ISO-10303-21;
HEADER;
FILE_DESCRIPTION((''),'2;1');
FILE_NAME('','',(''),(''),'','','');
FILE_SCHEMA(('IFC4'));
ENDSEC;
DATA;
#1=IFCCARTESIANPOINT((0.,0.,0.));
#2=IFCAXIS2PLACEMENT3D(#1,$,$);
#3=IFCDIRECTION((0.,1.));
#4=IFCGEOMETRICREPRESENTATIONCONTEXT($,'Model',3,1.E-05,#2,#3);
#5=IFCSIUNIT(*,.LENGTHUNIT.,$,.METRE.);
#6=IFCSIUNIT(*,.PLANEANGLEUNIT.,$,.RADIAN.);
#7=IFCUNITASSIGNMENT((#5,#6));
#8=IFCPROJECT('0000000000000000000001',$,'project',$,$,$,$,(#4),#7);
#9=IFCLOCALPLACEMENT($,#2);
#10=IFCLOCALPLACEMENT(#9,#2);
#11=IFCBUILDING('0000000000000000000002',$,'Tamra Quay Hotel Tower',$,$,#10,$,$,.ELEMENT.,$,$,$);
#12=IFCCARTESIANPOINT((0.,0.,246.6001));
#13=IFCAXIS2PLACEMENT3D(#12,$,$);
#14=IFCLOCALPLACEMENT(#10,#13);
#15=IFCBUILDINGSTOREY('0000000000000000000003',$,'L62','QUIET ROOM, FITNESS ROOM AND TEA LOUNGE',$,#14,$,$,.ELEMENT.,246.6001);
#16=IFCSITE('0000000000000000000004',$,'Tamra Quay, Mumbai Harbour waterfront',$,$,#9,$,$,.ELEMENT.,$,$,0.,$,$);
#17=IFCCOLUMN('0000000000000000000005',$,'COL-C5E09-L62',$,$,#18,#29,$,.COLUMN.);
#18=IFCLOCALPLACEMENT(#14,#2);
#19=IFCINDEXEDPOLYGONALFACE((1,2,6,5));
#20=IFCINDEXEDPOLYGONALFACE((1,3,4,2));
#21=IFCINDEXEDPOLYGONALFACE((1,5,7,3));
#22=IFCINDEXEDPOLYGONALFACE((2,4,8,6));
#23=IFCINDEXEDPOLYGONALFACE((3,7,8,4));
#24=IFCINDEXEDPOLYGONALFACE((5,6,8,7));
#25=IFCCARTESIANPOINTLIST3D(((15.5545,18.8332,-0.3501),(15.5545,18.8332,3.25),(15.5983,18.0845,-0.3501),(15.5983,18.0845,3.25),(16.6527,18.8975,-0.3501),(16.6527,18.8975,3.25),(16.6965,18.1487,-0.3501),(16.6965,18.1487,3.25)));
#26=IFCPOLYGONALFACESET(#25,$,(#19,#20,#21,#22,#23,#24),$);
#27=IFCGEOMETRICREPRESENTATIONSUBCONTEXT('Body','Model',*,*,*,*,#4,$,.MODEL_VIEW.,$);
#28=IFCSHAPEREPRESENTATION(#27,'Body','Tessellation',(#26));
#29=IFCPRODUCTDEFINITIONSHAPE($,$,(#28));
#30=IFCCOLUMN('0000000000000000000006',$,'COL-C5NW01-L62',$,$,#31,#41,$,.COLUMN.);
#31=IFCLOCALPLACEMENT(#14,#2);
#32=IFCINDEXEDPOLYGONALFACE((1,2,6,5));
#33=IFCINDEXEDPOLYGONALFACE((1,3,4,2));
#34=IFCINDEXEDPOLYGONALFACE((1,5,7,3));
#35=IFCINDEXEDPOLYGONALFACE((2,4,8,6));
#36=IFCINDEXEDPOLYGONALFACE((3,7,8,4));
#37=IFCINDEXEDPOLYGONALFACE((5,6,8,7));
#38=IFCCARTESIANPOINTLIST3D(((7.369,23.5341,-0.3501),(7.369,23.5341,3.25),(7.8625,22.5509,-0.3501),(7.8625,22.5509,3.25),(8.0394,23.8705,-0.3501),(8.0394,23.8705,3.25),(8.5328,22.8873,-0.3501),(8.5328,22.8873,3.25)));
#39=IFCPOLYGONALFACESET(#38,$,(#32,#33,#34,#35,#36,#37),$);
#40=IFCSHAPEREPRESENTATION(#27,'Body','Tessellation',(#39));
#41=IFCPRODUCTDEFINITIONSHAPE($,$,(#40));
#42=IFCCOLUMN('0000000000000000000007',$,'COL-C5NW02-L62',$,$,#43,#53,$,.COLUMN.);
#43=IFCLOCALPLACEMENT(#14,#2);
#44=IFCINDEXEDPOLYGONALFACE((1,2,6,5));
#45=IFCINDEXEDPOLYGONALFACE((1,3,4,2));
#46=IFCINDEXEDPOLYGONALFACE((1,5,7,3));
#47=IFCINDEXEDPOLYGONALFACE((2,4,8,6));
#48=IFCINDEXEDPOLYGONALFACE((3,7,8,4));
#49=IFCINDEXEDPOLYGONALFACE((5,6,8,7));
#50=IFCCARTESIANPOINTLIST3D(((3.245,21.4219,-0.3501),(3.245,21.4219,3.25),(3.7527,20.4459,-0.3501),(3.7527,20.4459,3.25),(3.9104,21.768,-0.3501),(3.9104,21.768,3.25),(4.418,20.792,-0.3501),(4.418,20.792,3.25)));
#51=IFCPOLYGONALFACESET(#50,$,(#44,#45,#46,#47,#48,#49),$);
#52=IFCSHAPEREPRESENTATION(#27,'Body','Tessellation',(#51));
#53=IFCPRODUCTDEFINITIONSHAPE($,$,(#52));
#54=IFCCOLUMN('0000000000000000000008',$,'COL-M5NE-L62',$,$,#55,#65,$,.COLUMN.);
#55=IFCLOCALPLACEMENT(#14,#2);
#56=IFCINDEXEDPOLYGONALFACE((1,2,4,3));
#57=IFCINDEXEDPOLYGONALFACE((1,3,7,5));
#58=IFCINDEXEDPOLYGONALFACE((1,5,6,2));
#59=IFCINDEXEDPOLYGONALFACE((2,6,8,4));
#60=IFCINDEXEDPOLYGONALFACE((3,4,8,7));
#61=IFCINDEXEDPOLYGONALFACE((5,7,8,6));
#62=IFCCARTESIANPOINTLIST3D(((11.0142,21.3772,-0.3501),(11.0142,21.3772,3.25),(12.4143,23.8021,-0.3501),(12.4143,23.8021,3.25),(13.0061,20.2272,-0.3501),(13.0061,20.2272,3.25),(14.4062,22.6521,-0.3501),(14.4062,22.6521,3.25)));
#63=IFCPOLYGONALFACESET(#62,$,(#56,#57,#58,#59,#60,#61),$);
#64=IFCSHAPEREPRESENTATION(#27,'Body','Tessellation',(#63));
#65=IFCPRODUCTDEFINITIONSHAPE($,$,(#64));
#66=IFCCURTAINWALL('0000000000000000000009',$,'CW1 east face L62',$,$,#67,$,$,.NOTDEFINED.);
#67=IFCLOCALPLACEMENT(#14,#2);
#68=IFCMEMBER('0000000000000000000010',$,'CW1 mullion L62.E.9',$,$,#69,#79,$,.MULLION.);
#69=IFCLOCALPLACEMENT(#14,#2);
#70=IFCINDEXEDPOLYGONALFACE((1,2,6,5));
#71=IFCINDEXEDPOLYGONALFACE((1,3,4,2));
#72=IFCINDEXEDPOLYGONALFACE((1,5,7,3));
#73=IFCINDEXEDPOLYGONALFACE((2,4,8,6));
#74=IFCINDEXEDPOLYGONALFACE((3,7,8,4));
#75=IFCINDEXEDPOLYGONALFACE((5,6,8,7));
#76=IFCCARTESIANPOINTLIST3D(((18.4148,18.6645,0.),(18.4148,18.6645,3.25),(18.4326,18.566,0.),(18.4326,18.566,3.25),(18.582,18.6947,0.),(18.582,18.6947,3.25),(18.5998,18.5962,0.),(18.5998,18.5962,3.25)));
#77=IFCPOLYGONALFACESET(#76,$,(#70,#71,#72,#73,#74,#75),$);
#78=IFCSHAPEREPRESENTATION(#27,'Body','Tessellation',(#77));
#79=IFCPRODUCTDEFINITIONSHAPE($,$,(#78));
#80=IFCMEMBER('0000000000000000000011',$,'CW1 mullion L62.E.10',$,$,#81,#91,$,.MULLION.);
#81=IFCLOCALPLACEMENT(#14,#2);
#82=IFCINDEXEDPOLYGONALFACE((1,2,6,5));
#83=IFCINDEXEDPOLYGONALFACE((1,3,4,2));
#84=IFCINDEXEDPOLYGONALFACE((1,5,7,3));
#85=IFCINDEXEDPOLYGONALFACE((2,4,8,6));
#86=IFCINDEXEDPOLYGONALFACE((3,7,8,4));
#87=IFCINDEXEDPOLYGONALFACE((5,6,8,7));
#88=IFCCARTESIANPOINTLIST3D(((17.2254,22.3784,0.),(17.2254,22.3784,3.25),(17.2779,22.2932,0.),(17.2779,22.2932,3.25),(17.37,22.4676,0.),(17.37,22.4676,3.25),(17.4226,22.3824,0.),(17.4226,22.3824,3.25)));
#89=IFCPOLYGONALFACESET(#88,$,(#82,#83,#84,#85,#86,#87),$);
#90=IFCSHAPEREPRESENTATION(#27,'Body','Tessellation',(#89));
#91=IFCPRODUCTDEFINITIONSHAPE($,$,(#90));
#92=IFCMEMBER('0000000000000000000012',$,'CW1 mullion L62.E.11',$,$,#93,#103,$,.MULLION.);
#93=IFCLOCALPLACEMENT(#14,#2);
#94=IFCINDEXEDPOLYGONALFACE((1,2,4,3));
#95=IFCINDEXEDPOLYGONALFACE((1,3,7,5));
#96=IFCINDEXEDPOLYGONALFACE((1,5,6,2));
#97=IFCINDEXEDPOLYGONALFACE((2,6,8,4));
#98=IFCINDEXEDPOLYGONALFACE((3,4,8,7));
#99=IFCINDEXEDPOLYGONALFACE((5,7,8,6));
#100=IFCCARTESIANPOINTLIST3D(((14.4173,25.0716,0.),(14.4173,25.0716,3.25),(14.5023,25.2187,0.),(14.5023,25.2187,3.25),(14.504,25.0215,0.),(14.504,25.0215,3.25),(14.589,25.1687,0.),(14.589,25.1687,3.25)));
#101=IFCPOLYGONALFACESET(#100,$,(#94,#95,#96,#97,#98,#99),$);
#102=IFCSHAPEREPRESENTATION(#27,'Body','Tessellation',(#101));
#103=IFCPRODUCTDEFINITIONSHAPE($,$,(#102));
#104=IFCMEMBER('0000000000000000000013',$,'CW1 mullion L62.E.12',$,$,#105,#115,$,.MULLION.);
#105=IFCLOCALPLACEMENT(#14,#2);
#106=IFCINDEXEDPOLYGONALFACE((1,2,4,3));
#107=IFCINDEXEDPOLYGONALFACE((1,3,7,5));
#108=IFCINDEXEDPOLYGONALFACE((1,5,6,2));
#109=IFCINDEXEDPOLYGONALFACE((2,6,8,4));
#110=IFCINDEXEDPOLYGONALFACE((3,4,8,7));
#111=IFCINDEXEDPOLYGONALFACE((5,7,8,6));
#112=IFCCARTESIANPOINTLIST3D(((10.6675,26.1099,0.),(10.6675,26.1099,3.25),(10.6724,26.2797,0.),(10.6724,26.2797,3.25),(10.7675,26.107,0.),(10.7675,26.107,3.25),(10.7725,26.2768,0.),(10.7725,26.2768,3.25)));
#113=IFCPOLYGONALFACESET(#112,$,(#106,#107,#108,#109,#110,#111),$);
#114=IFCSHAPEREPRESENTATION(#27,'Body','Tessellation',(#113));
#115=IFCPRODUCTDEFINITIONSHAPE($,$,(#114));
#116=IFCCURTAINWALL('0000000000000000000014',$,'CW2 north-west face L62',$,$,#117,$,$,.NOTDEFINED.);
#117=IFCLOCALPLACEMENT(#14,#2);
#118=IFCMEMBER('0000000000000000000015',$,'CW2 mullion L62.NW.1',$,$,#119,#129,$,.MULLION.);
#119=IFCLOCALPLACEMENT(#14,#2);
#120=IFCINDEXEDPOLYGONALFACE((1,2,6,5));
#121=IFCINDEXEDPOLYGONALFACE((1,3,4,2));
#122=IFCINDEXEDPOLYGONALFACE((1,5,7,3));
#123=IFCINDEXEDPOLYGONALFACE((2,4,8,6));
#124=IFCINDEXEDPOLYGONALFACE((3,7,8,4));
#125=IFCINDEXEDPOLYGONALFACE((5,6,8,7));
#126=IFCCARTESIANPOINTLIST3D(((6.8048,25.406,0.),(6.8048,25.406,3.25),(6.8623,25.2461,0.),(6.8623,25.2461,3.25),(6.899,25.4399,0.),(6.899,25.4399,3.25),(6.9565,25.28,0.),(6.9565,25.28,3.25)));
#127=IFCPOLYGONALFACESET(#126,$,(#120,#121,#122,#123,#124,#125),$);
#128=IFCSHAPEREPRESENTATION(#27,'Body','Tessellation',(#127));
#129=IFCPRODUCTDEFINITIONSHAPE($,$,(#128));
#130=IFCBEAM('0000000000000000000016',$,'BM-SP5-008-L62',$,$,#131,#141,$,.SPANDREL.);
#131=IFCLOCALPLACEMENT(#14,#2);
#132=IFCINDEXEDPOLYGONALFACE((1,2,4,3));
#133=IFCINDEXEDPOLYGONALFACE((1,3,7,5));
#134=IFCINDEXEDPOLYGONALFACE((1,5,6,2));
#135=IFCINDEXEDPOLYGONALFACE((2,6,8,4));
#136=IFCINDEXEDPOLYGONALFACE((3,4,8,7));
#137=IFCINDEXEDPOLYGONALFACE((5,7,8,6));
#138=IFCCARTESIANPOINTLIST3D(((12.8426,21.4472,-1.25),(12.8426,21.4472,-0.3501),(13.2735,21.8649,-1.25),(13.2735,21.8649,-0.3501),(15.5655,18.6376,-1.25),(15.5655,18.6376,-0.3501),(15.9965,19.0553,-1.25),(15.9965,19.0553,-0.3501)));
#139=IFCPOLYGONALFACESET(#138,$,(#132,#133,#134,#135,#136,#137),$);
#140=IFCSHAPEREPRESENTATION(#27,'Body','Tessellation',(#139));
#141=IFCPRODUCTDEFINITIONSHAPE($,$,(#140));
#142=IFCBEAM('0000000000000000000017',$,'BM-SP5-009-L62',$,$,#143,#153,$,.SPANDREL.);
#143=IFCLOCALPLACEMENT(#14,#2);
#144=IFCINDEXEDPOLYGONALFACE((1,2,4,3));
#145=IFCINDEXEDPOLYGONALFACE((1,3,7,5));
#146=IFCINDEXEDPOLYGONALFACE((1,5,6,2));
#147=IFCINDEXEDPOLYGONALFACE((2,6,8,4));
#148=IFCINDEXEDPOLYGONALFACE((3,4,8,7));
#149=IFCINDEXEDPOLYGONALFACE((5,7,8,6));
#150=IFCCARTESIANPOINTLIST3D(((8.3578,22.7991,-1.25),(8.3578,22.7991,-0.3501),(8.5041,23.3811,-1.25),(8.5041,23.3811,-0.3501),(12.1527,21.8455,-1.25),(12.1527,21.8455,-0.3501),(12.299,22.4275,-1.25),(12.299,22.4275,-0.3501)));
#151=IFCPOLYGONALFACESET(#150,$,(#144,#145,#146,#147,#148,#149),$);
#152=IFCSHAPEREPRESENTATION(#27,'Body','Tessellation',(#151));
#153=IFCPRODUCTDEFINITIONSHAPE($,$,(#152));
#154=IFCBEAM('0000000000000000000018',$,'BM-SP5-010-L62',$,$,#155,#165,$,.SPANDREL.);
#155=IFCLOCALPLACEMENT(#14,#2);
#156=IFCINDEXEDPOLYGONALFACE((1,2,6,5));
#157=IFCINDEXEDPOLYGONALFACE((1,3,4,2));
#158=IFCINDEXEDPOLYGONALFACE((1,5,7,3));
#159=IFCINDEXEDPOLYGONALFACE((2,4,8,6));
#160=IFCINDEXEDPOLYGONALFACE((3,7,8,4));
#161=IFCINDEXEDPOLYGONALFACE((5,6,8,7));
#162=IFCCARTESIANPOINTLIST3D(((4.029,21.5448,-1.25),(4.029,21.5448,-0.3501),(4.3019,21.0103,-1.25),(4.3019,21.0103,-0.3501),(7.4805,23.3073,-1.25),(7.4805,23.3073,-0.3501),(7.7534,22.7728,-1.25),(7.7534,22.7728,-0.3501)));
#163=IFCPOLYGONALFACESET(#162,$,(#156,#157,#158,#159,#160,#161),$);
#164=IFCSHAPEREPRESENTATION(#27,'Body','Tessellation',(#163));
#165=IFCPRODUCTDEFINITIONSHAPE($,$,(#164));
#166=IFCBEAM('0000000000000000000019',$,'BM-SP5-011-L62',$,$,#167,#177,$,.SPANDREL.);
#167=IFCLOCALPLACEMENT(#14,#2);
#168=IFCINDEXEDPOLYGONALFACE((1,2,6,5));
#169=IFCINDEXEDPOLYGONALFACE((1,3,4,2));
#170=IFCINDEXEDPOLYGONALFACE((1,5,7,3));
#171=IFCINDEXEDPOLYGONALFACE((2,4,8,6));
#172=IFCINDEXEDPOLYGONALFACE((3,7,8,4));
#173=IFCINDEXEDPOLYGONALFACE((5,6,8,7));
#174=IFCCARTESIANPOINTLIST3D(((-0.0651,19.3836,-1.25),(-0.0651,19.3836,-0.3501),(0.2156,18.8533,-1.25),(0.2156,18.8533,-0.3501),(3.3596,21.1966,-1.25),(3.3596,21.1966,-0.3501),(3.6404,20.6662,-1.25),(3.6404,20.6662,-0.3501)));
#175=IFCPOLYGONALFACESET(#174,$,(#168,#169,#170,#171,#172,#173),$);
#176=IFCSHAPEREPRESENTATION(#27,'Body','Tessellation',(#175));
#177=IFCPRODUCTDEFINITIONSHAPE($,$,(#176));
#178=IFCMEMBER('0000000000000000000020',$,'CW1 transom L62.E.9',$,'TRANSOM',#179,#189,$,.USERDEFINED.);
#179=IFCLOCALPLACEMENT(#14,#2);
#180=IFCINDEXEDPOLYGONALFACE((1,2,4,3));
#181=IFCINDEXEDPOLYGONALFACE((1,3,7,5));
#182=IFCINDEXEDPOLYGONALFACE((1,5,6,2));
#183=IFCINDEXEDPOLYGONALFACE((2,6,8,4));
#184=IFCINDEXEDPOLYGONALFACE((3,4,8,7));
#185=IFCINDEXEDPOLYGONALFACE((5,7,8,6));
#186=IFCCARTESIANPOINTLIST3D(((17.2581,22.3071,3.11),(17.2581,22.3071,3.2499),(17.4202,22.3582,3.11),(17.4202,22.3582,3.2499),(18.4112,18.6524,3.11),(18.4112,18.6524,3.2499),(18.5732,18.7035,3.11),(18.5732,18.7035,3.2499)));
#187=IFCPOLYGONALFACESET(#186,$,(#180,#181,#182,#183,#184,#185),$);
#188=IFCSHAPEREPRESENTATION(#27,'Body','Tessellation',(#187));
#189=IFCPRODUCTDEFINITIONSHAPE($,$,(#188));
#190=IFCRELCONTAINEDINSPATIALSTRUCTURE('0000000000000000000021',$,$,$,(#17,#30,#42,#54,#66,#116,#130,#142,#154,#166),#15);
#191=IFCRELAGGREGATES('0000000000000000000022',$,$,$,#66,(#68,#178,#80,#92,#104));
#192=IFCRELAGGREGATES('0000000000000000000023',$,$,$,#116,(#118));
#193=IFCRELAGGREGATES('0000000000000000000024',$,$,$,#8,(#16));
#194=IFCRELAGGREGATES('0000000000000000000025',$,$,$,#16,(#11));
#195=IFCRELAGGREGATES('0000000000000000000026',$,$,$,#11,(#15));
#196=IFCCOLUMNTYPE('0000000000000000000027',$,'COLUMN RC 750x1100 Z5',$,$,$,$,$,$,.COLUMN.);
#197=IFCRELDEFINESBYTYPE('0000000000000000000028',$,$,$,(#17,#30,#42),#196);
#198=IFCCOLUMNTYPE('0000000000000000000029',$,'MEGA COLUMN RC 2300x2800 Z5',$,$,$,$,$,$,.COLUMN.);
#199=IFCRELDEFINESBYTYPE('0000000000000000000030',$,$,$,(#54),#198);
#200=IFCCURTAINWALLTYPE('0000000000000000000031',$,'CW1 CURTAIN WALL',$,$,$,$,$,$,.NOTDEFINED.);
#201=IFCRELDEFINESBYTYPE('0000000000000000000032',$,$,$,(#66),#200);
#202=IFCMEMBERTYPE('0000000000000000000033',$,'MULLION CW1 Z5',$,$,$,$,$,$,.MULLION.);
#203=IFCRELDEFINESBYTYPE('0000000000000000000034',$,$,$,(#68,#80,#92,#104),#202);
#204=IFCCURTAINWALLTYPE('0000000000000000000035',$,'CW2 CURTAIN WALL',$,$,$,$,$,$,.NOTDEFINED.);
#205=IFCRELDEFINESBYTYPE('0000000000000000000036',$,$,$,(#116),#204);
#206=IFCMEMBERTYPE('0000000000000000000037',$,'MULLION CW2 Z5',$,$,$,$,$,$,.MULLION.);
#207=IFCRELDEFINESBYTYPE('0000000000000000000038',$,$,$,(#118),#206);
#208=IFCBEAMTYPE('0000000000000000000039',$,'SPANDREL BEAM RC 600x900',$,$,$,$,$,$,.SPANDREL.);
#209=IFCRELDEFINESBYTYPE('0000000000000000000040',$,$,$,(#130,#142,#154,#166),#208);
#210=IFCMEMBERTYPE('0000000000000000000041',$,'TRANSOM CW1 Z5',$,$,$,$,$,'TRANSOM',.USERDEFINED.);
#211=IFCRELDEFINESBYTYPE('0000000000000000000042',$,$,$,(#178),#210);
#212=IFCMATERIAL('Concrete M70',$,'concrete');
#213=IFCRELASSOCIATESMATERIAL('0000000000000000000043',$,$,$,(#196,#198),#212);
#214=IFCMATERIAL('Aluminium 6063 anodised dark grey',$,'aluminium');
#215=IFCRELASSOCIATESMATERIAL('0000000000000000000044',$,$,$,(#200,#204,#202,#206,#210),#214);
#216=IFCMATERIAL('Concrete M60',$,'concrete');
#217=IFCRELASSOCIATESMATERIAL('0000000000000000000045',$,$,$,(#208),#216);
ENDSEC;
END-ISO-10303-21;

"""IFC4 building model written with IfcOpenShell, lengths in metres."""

from ifc_helpers import new_model, si_unit, direction, frame, origin, origin_2d, place, context, subcontext, project, spatial, rectangle, extrude, material, material_profile, profile_set, type_object, element, aggregate, save


model = new_model("IFC4")

# Units and contexts
model_context = context("Model", 3, precision=1e-05, world=origin(), true_north=direction((0.0, 1.0)))
body_context = subcontext(model_context, "Body", "Model", "MODEL_VIEW")
ifc_project = project(units=[si_unit("LENGTHUNIT", "METRE"), si_unit("PLANEANGLEUNIT", "RADIAN")], contexts=[model_context])

# Site, building, storey
site_placement = place(None, origin())
site = spatial("IfcSite", under=ifc_project, at=site_placement, Name="Tamra Quay, Mumbai Harbour waterfront", CompositionType="ELEMENT", RefElevation=0.0)
building_placement = place(site_placement, origin())
building = spatial("IfcBuilding", under=site, at=building_placement, Name="Tamra Quay Hotel Tower", CompositionType="ELEMENT")
storey_placement = place(building_placement, frame((0.0, 0.0, 246.6001)))
storey = spatial("IfcBuildingStorey", under=building, at=storey_placement, Name="L62", Description="QUIET ROOM, FITNESS ROOM AND TEA LOUNGE", CompositionType="ELEMENT", Elevation=246.6001)

# Columns
ifc_material_1 = material(Name="Concrete M70", Category="concrete")
ifc_material_profile_1 = material_profile(ifc_material_1, rectangle(XDim=1.1001, YDim=0.75, at=origin_2d()), Name="COLUMN RC 750x1100 Z5")
ifc_profile_set_1 = profile_set([ifc_material_profile_1], Name="Concrete M70")
column_type_1 = type_object("IfcColumnType", Name="COLUMN RC 750x1100 Z5", PredefinedType="COLUMN", material=ifc_profile_set_1)
for number, where, z_axis, x_axis, name in (
    (1, (16.1255, 18.491, -0.3501), (0.0, 0.0, 1.0), (0.998292, 0.05842, 0.0), "COL-C5E09-L62"),
    (2, (7.9509, 23.2107, -0.3501), (0.0, 0.0, 1.0), (-0.448553, 0.893756, 0.0), "COL-C5NW01-L62"),
    (3, (3.8315, 21.1069, -0.3501), (0.0, 0.0, 1.0), (-0.461448, 0.887167, 0.0), "COL-C5NW02-L62"),
):
    element("IfcColumn", number, at=place(storey_placement, frame(where, z_axis=z_axis, x_axis=x_axis)), inside=storey, type_object=column_type_1, Name=name, PredefinedType="COLUMN", context=body_context, shape_type="SweptSolid", body=[
        extrude(rectangle(XDim=1.1001, YDim=0.75, at=origin_2d()), origin(), (0.0, 0.0, 1.0), 3.6001),
    ])
ifc_material_profile_2 = material_profile(ifc_material_1, rectangle(XDim=2.8, YDim=2.3, at=origin_2d()), Name="MEGA COLUMN RC 2300x2800 Z5")
ifc_profile_set_2 = profile_set([ifc_material_profile_2], Name="Concrete M70")
column_type_2 = type_object("IfcColumnType", Name="MEGA COLUMN RC 2300x2800 Z5", PredefinedType="COLUMN", material=ifc_profile_set_2)
column_placement = place(storey_placement, frame((12.7102, 22.0146, -0.3501), z_axis=(0.0, 0.0, 1.0), x_axis=(0.5, 0.866025, 0.0)))
element("IfcColumn", 4, at=column_placement, inside=storey, type_object=column_type_2, Name="COL-M5NE-L62", PredefinedType="COLUMN", context=body_context, shape_type="SweptSolid", body=[
    extrude(rectangle(XDim=2.8, YDim=2.3, at=origin_2d()), origin(), (0.0, 0.0, 1.0), 3.6001),
])

# Curtain wall, members
ifc_material_2 = material(Name="Aluminium 6063 anodised dark grey", Category="aluminium")
curtain_wall_type_1 = type_object("IfcCurtainWallType", Name="CW1 CURTAIN WALL", PredefinedType="NOTDEFINED", material=ifc_material_2)
curtain_wall_1_placement = place(storey_placement, origin())
curtain_wall_1 = element("IfcCurtainWall", 5, at=curtain_wall_1_placement, inside=storey, type_object=curtain_wall_type_1, Name="CW1 east face L62", PredefinedType="NOTDEFINED")
ifc_material_profile_3 = material_profile(ifc_material_2, rectangle(XDim=0.1699, YDim=0.1001, at=origin_2d()), Name="MULLION 100X170")
ifc_profile_set_3 = profile_set([ifc_material_profile_3], Name="Aluminium 6063 anodised dark grey")
member_type_1 = type_object("IfcMemberType", Name="MULLION CW1 Z5", PredefinedType="MULLION", material=ifc_profile_set_3)
member_1_placement = place(storey_placement, frame((18.5073, 18.6304, 0.0), z_axis=(0.0, 0.0, 1.0), x_axis=(0.984105, 0.177586, 0.0)))
member_1 = element("IfcMember", 6, at=member_1_placement, type_object=member_type_1, Name="CW1 mullion L62.E.9", PredefinedType="MULLION", context=body_context, shape_type="SweptSolid", body=[
    extrude(rectangle(XDim=0.1699, YDim=0.1001, at=origin_2d()), origin(), (0.0, 0.0, 1.0), 3.25),
])
member_2_placement = place(storey_placement, frame((17.324, 22.3804, 0.0), z_axis=(0.0, 0.0, 1.0), x_axis=(0.851044, 0.525094, 0.0)))
member_2 = element("IfcMember", 7, at=member_2_placement, type_object=member_type_1, Name="CW1 mullion L62.E.10", PredefinedType="MULLION", context=body_context, shape_type="SweptSolid", body=[
    extrude(rectangle(XDim=0.1699, YDim=0.1001, at=origin_2d()), origin(), (0.0, 0.0, 1.0), 3.25),
])
member_3_placement = place(storey_placement, frame((14.5032, 25.1201, 0.0), z_axis=(0.0, 0.0, 1.0), x_axis=(0.5, 0.866025, 0.0)))
member_3 = element("IfcMember", 8, at=member_3_placement, type_object=member_type_1, Name="CW1 mullion L62.E.11", PredefinedType="MULLION", context=body_context, shape_type="SweptSolid", body=[
    extrude(rectangle(XDim=0.1699, YDim=0.1001, at=origin_2d()), origin(), (0.0, 0.0, 1.0), 3.25),
])
member_4_placement = place(storey_placement, frame((10.72, 26.1934, 0.0), z_axis=(0.0, 0.0, 1.0), x_axis=(0.029223, 0.999573, 0.0)))
member_4 = element("IfcMember", 9, at=member_4_placement, type_object=member_type_1, Name="CW1 mullion L62.E.12", PredefinedType="MULLION", context=body_context, shape_type="SweptSolid", body=[
    extrude(rectangle(XDim=0.1699, YDim=0.1001, at=origin_2d()), origin(), (0.0, 0.0, 1.0), 3.25),
])

# Curtain wall, member
curtain_wall_type_2 = type_object("IfcCurtainWallType", Name="CW2 CURTAIN WALL", PredefinedType="NOTDEFINED", material=ifc_material_2)
curtain_wall_2_placement = place(storey_placement, origin())
curtain_wall_2 = element("IfcCurtainWall", 10, at=curtain_wall_2_placement, inside=storey, type_object=curtain_wall_type_2, Name="CW2 north-west face L62", PredefinedType="NOTDEFINED")
ifc_material_profile_4 = material_profile(ifc_material_2, rectangle(XDim=0.1699, YDim=0.1001, at=origin_2d()), Name="MULLION 100X170")
ifc_profile_set_4 = profile_set([ifc_material_profile_4], Name="Aluminium 6063 anodised dark grey")
member_type_2 = type_object("IfcMemberType", Name="MULLION CW2 Z5", PredefinedType="MULLION", material=ifc_profile_set_4)
member_5_placement = place(storey_placement, frame((6.8806, 25.343, 0.0), z_axis=(0.0, 0.0, 1.0), x_axis=(-0.338259, 0.941053, 0.0)))
member_5 = element("IfcMember", 11, at=member_5_placement, type_object=member_type_2, Name="CW2 mullion L62.NW.1", PredefinedType="MULLION", context=body_context, shape_type="SweptSolid", body=[
    extrude(rectangle(XDim=0.1699, YDim=0.1001, at=origin_2d()), origin(), (0.0, 0.0, 1.0), 3.25),
])

# Beams
ifc_material_3 = material(Name="Concrete M60", Category="concrete")
ifc_material_profile_5 = material_profile(ifc_material_3, rectangle(XDim=0.6001, YDim=0.8999, at=origin_2d()), Name="SPANDREL BEAM RC 600x900")
ifc_profile_set_5 = profile_set([ifc_material_profile_5], Name="Concrete M60")
beam_type = type_object("IfcBeamType", Name="SPANDREL BEAM RC 600x900", PredefinedType="SPANDREL", material=ifc_profile_set_5)
beam_1_placement = place(storey_placement, frame((15.781, 18.8464, -0.8), z_axis=(-0.695944, 0.718096, 0.0), x_axis=(-0.718096, -0.695944, 0.0)))
element("IfcBeam", 12, at=beam_1_placement, inside=storey, type_object=beam_type, Name="BM-SP5-008-L62", PredefinedType="SPANDREL", context=body_context, shape_type="SweptSolid", body=[
    extrude(rectangle(XDim=0.6001, YDim=0.8999, at=origin_2d()), origin(), (0.0, 0.0, 1.0), 3.9126),
])
beam_2_placement = place(storey_placement, frame((12.2258, 22.1365, -0.8), z_axis=(-0.969848, 0.24371, 0.0), x_axis=(-0.24371, -0.969848, 0.0)))
element("IfcBeam", 13, at=beam_2_placement, inside=storey, type_object=beam_type, Name="BM-SP5-009-L62", PredefinedType="SPANDREL", context=body_context, shape_type="SweptSolid", body=[
    extrude(rectangle(XDim=0.6001, YDim=0.8999, at=origin_2d()), origin(), (0.0, 0.0, 1.0), 3.9128),
])
beam_3_placement = place(storey_placement, frame((7.6169, 23.04, -0.8), z_axis=(-0.890603, -0.454782, 0.0), x_axis=(0.454782, -0.890603, 0.0)))
element("IfcBeam", 14, at=beam_3_placement, inside=storey, type_object=beam_type, Name="BM-SP5-010-L62", PredefinedType="SPANDREL", context=body_context, shape_type="SweptSolid", body=[
    extrude(rectangle(XDim=0.6001, YDim=0.8999, at=origin_2d()), origin(), (0.0, 0.0, 1.0), 3.8755),
])
beam_4_placement = place(storey_placement, frame((3.5, 20.9314, -0.8), z_axis=(-0.883803, -0.467859, 0.0), x_axis=(0.467859, -0.883803, 0.0)))
element("IfcBeam", 15, at=beam_4_placement, inside=storey, type_object=beam_type, Name="BM-SP5-011-L62", PredefinedType="SPANDREL", context=body_context, shape_type="SweptSolid", body=[
    extrude(rectangle(XDim=0.6001, YDim=0.8999, at=origin_2d()), origin(), (0.0, 0.0, 1.0), 3.875),
])

# Member
ifc_material_profile_6 = material_profile(ifc_material_2, rectangle(XDim=0.1699, YDim=0.1399, at=origin_2d()), Name="TRANSOM 170X140")
ifc_profile_set_6 = profile_set([ifc_material_profile_6], Name="Aluminium 6063 anodised dark grey")
member_type_3 = type_object("IfcMemberType", Name="TRANSOM CW1 Z5", ElementType="TRANSOM", PredefinedType="USERDEFINED", material=ifc_profile_set_6)
member_6_placement = place(storey_placement, frame((18.4922, 18.678, 3.1799), z_axis=(-0.300878, 0.953663, 0.0), x_axis=(-0.953663, -0.300878, 0.0)))
member_6 = element("IfcMember", 16, at=member_6_placement, type_object=member_type_3, Name="CW1 transom L62.E.9", ObjectType="TRANSOM", PredefinedType="USERDEFINED", context=body_context, shape_type="SweptSolid", body=[
    extrude(rectangle(XDim=0.1699, YDim=0.1399, at=origin_2d()), origin(), (0.0, 0.0, 1.0), 3.8323),
])

aggregate(curtain_wall_1, [member_1, member_6, member_2, member_3, member_4])
aggregate(curtain_wall_2, [member_5])

save(model, "model.ifc")
